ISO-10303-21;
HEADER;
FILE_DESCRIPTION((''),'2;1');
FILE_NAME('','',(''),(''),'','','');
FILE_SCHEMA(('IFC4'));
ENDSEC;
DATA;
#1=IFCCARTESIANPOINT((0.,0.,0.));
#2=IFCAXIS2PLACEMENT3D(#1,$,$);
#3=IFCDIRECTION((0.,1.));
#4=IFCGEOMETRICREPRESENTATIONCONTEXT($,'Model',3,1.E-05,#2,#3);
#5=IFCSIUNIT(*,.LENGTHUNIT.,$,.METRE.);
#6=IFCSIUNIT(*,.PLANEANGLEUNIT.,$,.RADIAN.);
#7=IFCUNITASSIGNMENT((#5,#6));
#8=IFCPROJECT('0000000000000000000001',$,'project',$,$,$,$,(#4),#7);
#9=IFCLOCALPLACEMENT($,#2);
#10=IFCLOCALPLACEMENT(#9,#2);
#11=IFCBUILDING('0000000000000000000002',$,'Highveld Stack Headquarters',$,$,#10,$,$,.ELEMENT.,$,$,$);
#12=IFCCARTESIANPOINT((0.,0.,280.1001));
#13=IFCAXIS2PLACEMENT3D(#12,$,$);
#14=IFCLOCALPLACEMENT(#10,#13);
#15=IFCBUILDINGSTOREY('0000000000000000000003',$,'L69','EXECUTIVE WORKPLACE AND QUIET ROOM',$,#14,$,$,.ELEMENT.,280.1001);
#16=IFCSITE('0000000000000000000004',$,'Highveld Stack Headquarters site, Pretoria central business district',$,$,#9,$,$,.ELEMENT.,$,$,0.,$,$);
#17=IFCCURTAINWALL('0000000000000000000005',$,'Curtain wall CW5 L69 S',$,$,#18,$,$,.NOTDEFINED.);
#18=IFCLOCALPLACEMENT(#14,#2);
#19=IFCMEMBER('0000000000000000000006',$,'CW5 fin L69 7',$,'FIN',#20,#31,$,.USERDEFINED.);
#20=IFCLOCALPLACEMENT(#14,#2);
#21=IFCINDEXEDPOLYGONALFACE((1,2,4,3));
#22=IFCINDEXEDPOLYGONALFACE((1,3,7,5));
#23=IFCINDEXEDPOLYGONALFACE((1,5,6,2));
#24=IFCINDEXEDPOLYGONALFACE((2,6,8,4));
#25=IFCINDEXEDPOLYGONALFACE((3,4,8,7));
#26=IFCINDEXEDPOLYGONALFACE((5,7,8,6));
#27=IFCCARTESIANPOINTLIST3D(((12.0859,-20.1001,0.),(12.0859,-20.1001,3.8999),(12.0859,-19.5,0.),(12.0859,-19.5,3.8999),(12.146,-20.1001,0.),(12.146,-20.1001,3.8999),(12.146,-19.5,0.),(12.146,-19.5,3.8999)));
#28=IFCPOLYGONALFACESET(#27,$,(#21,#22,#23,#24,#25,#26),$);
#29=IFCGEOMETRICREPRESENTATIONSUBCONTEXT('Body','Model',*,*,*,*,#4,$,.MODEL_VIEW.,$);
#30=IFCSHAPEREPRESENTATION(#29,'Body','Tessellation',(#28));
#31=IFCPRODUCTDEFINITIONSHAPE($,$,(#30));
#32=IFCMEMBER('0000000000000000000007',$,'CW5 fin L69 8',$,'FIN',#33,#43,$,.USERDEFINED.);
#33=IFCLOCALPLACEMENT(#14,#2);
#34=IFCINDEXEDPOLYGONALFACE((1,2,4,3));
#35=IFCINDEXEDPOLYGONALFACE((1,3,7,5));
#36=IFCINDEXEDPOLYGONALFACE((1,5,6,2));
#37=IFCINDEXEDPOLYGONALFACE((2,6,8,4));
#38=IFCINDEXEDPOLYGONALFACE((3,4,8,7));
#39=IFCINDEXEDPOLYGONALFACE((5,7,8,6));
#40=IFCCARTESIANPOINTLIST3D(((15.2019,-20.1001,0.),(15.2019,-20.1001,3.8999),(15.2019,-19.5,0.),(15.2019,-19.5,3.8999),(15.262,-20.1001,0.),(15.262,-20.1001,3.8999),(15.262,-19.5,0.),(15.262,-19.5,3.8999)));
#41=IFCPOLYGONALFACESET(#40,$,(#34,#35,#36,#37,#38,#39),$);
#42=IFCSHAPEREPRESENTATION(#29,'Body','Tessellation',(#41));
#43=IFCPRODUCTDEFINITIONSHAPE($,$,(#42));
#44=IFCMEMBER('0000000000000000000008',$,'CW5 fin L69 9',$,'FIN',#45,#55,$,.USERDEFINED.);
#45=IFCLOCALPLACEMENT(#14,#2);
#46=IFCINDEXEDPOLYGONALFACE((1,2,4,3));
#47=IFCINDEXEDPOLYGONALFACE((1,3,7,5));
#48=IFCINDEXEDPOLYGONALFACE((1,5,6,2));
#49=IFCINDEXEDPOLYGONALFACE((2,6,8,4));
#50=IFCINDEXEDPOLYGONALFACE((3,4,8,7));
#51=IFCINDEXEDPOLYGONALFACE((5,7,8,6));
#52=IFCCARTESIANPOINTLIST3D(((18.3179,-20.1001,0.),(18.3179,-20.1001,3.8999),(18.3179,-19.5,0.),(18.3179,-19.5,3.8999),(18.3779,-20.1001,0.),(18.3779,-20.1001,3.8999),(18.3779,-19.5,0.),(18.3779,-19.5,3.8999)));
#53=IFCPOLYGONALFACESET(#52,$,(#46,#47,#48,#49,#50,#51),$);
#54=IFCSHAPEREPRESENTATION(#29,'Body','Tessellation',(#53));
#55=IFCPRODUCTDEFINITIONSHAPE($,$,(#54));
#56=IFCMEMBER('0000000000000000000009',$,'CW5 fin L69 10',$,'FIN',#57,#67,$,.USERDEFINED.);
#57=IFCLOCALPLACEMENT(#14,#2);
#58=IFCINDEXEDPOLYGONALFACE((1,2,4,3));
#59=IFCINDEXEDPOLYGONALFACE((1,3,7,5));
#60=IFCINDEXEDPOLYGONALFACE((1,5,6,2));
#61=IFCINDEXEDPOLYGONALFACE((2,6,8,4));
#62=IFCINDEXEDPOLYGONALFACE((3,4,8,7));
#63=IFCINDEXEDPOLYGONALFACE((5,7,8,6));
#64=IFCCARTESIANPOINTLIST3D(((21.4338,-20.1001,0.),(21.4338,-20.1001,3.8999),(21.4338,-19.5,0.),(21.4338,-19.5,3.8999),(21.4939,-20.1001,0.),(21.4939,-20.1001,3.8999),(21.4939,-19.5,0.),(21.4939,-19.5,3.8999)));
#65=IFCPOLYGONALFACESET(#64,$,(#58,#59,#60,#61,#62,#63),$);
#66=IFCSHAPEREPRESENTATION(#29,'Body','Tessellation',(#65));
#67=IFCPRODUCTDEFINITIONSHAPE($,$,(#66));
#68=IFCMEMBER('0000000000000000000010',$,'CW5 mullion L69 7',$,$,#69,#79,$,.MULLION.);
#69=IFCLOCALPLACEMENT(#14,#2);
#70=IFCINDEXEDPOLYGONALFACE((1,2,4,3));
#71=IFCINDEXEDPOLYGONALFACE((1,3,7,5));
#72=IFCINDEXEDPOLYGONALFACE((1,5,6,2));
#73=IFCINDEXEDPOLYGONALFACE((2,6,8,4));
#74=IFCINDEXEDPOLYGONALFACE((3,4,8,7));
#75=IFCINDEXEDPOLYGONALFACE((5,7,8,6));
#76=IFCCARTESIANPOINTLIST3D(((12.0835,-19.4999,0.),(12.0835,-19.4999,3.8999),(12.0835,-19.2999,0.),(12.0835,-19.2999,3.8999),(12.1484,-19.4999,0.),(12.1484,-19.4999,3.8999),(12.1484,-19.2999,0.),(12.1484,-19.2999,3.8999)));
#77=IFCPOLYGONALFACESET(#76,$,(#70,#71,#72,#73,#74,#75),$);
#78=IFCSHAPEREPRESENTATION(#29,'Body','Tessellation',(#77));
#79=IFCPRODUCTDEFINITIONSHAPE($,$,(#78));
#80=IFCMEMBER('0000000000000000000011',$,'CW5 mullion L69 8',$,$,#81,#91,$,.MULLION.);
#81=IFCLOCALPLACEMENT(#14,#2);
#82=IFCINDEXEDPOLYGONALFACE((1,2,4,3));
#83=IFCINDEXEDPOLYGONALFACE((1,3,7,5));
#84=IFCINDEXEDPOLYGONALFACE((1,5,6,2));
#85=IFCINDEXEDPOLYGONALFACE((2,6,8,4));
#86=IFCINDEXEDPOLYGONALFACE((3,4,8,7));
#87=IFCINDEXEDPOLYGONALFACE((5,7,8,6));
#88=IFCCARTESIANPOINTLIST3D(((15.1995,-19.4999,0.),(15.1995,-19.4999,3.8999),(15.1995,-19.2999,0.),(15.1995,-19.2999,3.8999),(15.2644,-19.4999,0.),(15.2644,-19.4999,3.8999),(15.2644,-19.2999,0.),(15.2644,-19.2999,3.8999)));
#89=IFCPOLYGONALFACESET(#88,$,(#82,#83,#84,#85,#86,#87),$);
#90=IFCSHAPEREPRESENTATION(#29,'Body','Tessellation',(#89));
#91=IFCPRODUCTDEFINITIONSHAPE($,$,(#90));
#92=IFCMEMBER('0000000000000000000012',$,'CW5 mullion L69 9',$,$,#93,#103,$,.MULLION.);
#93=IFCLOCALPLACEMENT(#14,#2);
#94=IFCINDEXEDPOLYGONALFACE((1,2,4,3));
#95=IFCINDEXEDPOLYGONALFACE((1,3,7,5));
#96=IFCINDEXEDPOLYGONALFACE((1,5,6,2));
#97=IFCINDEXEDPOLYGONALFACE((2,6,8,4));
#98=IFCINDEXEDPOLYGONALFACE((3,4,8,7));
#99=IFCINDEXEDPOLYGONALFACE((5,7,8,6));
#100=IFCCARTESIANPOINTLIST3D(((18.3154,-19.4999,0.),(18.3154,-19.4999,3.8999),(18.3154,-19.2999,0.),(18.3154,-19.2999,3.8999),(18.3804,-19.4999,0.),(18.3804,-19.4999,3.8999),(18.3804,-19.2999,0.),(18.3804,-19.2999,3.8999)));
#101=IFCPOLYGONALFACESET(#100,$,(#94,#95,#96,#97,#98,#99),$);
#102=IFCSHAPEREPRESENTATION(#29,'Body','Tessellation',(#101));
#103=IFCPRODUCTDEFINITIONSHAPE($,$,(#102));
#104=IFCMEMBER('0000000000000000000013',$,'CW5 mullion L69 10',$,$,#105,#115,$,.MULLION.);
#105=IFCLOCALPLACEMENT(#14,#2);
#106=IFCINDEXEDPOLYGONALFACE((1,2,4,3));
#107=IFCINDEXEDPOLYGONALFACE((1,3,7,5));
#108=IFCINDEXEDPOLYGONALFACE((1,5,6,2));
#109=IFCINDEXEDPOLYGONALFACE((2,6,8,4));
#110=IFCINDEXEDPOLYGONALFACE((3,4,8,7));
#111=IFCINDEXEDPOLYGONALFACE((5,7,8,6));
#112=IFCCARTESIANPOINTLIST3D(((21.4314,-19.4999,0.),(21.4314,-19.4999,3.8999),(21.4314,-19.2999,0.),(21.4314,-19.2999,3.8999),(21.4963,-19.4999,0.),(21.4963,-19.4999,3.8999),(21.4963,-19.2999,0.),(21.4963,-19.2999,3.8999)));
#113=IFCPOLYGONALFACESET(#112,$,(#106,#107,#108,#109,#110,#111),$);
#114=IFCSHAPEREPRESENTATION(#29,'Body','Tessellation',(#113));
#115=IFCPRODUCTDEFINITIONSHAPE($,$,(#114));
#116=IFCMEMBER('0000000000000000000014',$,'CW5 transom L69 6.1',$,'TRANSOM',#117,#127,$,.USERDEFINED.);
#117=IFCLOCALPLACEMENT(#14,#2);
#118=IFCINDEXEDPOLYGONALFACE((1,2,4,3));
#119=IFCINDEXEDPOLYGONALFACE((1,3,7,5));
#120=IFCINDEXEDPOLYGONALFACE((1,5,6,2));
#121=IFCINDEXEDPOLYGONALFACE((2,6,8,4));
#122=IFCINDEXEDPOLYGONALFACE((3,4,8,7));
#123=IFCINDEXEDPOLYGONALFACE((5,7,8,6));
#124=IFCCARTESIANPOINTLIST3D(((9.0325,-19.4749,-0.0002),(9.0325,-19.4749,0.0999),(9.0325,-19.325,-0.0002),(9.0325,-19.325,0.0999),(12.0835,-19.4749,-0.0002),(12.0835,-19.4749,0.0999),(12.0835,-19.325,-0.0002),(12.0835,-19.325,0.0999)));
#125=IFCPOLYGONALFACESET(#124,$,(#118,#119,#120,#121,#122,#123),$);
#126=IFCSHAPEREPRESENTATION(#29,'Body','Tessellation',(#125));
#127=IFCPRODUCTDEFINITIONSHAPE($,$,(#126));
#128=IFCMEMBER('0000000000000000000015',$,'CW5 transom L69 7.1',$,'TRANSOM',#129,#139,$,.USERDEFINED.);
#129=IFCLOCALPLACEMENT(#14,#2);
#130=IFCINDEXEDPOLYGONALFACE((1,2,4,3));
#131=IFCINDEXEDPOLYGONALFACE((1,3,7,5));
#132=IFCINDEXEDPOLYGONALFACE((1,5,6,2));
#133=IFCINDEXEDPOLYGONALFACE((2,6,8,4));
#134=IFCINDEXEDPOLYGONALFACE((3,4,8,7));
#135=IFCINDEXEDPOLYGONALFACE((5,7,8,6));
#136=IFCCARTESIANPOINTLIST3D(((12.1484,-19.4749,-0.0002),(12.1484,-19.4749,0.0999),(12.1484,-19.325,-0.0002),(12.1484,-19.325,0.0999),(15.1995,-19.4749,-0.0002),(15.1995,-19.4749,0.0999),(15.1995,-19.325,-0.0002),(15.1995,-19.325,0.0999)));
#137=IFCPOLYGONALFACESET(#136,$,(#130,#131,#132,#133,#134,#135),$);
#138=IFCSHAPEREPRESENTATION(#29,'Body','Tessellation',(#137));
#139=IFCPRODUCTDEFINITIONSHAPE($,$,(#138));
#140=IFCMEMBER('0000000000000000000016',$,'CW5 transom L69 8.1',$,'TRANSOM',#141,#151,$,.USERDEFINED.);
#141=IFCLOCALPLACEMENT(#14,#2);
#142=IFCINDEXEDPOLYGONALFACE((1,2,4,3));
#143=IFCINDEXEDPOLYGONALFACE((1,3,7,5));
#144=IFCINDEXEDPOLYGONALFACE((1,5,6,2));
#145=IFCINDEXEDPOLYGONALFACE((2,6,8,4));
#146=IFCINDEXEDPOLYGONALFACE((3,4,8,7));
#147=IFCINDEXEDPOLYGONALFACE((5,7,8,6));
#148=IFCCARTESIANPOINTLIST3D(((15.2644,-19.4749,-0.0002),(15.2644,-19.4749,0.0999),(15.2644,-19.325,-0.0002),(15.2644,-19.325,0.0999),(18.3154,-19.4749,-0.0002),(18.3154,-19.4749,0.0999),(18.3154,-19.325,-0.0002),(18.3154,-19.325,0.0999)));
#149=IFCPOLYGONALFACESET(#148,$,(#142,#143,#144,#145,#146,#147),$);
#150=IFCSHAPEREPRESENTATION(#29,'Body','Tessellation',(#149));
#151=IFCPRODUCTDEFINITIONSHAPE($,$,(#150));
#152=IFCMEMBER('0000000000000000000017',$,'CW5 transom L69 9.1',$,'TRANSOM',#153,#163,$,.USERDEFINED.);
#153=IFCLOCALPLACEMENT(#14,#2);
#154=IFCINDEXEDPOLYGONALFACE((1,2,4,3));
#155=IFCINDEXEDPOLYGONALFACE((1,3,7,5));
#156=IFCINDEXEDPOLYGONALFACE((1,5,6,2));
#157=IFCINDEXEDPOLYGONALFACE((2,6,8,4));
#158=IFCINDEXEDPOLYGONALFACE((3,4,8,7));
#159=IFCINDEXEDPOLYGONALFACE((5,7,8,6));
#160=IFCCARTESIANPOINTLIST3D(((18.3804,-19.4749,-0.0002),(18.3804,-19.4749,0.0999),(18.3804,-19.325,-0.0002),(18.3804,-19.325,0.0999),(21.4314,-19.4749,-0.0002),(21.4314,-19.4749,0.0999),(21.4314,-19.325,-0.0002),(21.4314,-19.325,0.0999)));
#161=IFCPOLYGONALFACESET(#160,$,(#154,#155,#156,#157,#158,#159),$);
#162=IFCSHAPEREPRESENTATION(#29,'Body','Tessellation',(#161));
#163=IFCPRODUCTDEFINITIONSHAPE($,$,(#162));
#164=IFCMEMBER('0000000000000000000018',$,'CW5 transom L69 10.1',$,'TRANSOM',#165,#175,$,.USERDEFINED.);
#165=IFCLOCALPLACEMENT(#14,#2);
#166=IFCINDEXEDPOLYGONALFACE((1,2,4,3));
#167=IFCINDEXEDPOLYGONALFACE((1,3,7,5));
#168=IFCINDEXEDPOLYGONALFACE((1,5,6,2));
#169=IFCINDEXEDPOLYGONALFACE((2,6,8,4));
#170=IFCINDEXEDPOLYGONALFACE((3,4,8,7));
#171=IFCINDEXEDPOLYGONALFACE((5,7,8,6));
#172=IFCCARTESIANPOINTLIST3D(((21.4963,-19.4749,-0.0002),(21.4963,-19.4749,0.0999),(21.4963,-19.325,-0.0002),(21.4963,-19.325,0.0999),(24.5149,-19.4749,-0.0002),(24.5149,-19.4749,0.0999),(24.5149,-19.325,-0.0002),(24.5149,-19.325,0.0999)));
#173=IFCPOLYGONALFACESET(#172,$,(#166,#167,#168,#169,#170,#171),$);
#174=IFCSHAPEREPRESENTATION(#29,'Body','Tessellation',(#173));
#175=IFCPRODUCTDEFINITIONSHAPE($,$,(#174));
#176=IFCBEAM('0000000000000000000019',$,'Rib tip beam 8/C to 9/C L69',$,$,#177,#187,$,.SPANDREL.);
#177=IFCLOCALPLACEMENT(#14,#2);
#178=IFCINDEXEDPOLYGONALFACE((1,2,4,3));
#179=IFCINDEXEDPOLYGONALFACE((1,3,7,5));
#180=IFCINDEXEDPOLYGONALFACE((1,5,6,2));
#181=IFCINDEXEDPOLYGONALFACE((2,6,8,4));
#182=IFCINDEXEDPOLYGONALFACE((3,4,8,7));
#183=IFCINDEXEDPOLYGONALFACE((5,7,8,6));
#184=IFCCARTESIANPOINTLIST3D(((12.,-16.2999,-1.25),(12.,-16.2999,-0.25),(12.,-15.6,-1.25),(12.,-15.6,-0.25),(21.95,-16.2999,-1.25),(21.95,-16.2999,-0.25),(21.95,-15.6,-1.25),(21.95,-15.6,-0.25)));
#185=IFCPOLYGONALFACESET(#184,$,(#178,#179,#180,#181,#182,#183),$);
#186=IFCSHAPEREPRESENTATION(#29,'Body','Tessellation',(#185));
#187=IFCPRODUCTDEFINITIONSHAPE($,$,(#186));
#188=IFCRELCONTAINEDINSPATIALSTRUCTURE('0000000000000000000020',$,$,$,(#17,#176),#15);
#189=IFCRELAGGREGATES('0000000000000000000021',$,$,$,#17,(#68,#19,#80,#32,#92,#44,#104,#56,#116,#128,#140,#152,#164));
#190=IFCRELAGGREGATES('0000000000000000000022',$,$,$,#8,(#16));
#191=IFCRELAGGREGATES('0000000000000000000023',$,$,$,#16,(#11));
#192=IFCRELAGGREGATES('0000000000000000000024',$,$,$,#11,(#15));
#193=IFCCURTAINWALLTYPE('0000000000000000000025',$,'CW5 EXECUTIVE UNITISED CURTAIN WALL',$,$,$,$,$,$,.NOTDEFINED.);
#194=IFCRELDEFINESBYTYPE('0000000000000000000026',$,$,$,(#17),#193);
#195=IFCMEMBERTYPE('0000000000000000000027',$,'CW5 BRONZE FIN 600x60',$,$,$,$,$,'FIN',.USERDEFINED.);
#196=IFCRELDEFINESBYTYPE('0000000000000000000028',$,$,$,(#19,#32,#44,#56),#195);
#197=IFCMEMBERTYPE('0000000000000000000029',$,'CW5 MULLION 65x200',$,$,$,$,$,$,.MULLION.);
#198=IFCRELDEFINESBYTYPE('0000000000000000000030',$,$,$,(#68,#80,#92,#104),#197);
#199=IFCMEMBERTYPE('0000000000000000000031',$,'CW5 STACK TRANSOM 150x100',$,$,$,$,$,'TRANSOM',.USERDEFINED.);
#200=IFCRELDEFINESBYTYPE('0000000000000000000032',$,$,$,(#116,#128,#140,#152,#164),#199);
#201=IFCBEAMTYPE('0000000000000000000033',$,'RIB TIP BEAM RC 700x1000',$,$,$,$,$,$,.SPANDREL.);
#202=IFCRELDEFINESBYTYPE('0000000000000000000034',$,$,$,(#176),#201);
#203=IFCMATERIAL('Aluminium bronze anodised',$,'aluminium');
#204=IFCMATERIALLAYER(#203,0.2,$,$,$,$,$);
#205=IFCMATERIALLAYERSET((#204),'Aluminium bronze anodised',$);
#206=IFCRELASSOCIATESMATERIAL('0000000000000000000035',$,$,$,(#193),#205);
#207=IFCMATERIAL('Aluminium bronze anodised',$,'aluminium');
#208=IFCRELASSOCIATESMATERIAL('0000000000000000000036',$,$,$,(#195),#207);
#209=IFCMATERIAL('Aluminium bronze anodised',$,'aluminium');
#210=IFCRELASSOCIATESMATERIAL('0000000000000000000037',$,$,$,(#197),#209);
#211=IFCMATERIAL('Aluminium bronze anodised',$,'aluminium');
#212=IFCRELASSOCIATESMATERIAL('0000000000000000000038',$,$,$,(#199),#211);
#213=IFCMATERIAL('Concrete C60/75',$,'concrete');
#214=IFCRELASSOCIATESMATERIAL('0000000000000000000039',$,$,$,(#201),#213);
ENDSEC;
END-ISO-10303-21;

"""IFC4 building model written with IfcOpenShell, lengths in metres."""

from ifc_helpers import new_model, si_unit, direction, frame, origin, origin_2d, place, context, subcontext, project, spatial, rectangle, extrude, material, layer, layer_set, material_profile, profile_set, type_object, element, aggregate, save


model = new_model("IFC4")

# Units and contexts
model_context = context("Model", 3, precision=1e-05, world=origin(), true_north=direction((0.0, 1.0)))
body_context = subcontext(model_context, "Body", "Model", "MODEL_VIEW")
ifc_project = project(units=[si_unit("LENGTHUNIT", "METRE"), si_unit("PLANEANGLEUNIT", "RADIAN")], contexts=[model_context])

# Site, building, storey
site_placement = place(None, origin())
site = spatial("IfcSite", under=ifc_project, at=site_placement, Name="Highveld Stack Headquarters site, Pretoria central business district", CompositionType="ELEMENT", RefElevation=0.0)
building_placement = place(site_placement, origin())
building = spatial("IfcBuilding", under=site, at=building_placement, Name="Highveld Stack Headquarters", CompositionType="ELEMENT")
storey_placement = place(building_placement, frame((0.0, 0.0, 280.1001)))
storey = spatial("IfcBuildingStorey", under=building, at=storey_placement, Name="L69", Description="EXECUTIVE WORKPLACE AND QUIET ROOM", CompositionType="ELEMENT", Elevation=280.1001)

# Curtain wall, members
ifc_material_1 = material(Name="Aluminium bronze anodised", Category="aluminium")
ifc_layer_1 = layer(ifc_material_1, 0.2)
ifc_layer_set_1 = layer_set([ifc_layer_1], Name="Aluminium bronze anodised")
curtain_wall_type = type_object("IfcCurtainWallType", Name="CW5 EXECUTIVE UNITISED CURTAIN WALL", PredefinedType="NOTDEFINED", material=ifc_layer_set_1)
curtain_wall_placement = place(storey_placement, origin())
curtain_wall = element("IfcCurtainWall", 1, at=curtain_wall_placement, inside=storey, type_object=curtain_wall_type, Name="Curtain wall CW5 L69 S", PredefinedType="NOTDEFINED")
ifc_material_2 = material(Name="Aluminium bronze anodised", Category="aluminium")
ifc_material_profile_1 = material_profile(ifc_material_2, rectangle(XDim=0.6001, YDim=0.0601, at=origin_2d()), Name="FIN 600x60")
ifc_profile_set_1 = profile_set([ifc_material_profile_1], Name="Aluminium bronze anodised")
member_type_1 = type_object("IfcMemberType", Name="CW5 BRONZE FIN 600x60", ElementType="FIN", PredefinedType="USERDEFINED", material=ifc_profile_set_1)
member_1_placement = place(storey_placement, frame((12.116, -19.8, 0.0), z_axis=(0.0, 0.0, 1.0), x_axis=(0.0, 1.0, 0.0)))
member_1 = element("IfcMember", 2, at=member_1_placement, type_object=member_type_1, Name="CW5 fin L69 7", ObjectType="FIN", PredefinedType="USERDEFINED", context=body_context, shape_type="SweptSolid", body=[
    extrude(rectangle(XDim=0.6001, YDim=0.0601, at=origin_2d()), origin(), (0.0, 0.0, 1.0), 3.8999),
])
member_2_placement = place(storey_placement, frame((15.2319, -19.8, 0.0), z_axis=(0.0, 0.0, 1.0), x_axis=(0.0, 1.0, 0.0)))
member_2 = element("IfcMember", 3, at=member_2_placement, type_object=member_type_1, Name="CW5 fin L69 8", ObjectType="FIN", PredefinedType="USERDEFINED", context=body_context, shape_type="SweptSolid", body=[
    extrude(rectangle(XDim=0.6001, YDim=0.0601, at=origin_2d()), origin(), (0.0, 0.0, 1.0), 3.8999),
])
member_3_placement = place(storey_placement, frame((18.3479, -19.8, 0.0), z_axis=(0.0, 0.0, 1.0), x_axis=(0.0, 1.0, 0.0)))
member_3 = element("IfcMember", 4, at=member_3_placement, type_object=member_type_1, Name="CW5 fin L69 9", ObjectType="FIN", PredefinedType="USERDEFINED", context=body_context, shape_type="SweptSolid", body=[
    extrude(rectangle(XDim=0.6001, YDim=0.0601, at=origin_2d()), origin(), (0.0, 0.0, 1.0), 3.8999),
])
member_4_placement = place(storey_placement, frame((21.4639, -19.8, 0.0), z_axis=(0.0, 0.0, 1.0), x_axis=(0.0, 1.0, 0.0)))
member_4 = element("IfcMember", 5, at=member_4_placement, type_object=member_type_1, Name="CW5 fin L69 10", ObjectType="FIN", PredefinedType="USERDEFINED", context=body_context, shape_type="SweptSolid", body=[
    extrude(rectangle(XDim=0.6001, YDim=0.0601, at=origin_2d()), origin(), (0.0, 0.0, 1.0), 3.8999),
])
ifc_material_3 = material(Name="Aluminium bronze anodised", Category="aluminium")
ifc_material_profile_2 = material_profile(ifc_material_3, rectangle(XDim=0.2, YDim=0.0649, at=origin_2d()), Name="CW5 MULLION 65x200")
ifc_profile_set_2 = profile_set([ifc_material_profile_2], Name="Aluminium bronze anodised")
member_type_2 = type_object("IfcMemberType", Name="CW5 MULLION 65x200", PredefinedType="MULLION", material=ifc_profile_set_2)
member_5_placement = place(storey_placement, frame((12.116, -19.3999, 0.0), z_axis=(0.0, 0.0, 1.0), x_axis=(0.0, 1.0, 0.0)))
member_5 = element("IfcMember", 6, at=member_5_placement, type_object=member_type_2, Name="CW5 mullion L69 7", PredefinedType="MULLION", context=body_context, shape_type="SweptSolid", body=[
    extrude(rectangle(XDim=0.2, YDim=0.0649, at=origin_2d()), origin(), (0.0, 0.0, 1.0), 3.8999),
])
member_6_placement = place(storey_placement, frame((15.2319, -19.3999, 0.0), z_axis=(0.0, 0.0, 1.0), x_axis=(0.0, 1.0, 0.0)))
member_6 = element("IfcMember", 7, at=member_6_placement, type_object=member_type_2, Name="CW5 mullion L69 8", PredefinedType="MULLION", context=body_context, shape_type="SweptSolid", body=[
    extrude(rectangle(XDim=0.2, YDim=0.0649, at=origin_2d()), origin(), (0.0, 0.0, 1.0), 3.8999),
])
member_7_placement = place(storey_placement, frame((18.3479, -19.3999, 0.0), z_axis=(0.0, 0.0, 1.0), x_axis=(0.0, 1.0, 0.0)))
member_7 = element("IfcMember", 8, at=member_7_placement, type_object=member_type_2, Name="CW5 mullion L69 9", PredefinedType="MULLION", context=body_context, shape_type="SweptSolid", body=[
    extrude(rectangle(XDim=0.2, YDim=0.0649, at=origin_2d()), origin(), (0.0, 0.0, 1.0), 3.8999),
])
member_8_placement = place(storey_placement, frame((21.4639, -19.3999, 0.0), z_axis=(0.0, 0.0, 1.0), x_axis=(0.0, 1.0, 0.0)))
member_8 = element("IfcMember", 9, at=member_8_placement, type_object=member_type_2, Name="CW5 mullion L69 10", PredefinedType="MULLION", context=body_context, shape_type="SweptSolid", body=[
    extrude(rectangle(XDim=0.2, YDim=0.0649, at=origin_2d()), origin(), (0.0, 0.0, 1.0), 3.8999),
])
ifc_material_4 = material(Name="Aluminium bronze anodised", Category="aluminium")
ifc_material_profile_3 = material_profile(ifc_material_4, rectangle(XDim=0.1499, YDim=0.1001, at=origin_2d()), Name="CW5 TRANSOM 150x100")
ifc_profile_set_3 = profile_set([ifc_material_profile_3], Name="Aluminium bronze anodised")
member_type_3 = type_object("IfcMemberType", Name="CW5 STACK TRANSOM 150x100", ElementType="TRANSOM", PredefinedType="USERDEFINED", material=ifc_profile_set_3)
member_9_placement = place(storey_placement, frame((9.0325, -19.3999, 0.0498), z_axis=(1.0, 0.0, 0.0), x_axis=(0.0, 1.0, 0.0)))
member_9 = element("IfcMember", 10, at=member_9_placement, type_object=member_type_3, Name="CW5 transom L69 6.1", ObjectType="TRANSOM", PredefinedType="USERDEFINED", context=body_context, shape_type="SweptSolid", body=[
    extrude(rectangle(XDim=0.1499, YDim=0.1001, at=origin_2d()), origin(), (0.0, 0.0, 1.0), 3.051),
])
member_10_placement = place(storey_placement, frame((12.1484, -19.3999, 0.0498), z_axis=(1.0, 0.0, 0.0), x_axis=(0.0, 1.0, 0.0)))
member_10 = element("IfcMember", 11, at=member_10_placement, type_object=member_type_3, Name="CW5 transom L69 7.1", ObjectType="TRANSOM", PredefinedType="USERDEFINED", context=body_context, shape_type="SweptSolid", body=[
    extrude(rectangle(XDim=0.1499, YDim=0.1001, at=origin_2d()), origin(), (0.0, 0.0, 1.0), 3.051),
])
member_11_placement = place(storey_placement, frame((15.2644, -19.3999, 0.0498), z_axis=(1.0, 0.0, 0.0), x_axis=(0.0, 1.0, 0.0)))
member_11 = element("IfcMember", 12, at=member_11_placement, type_object=member_type_3, Name="CW5 transom L69 8.1", ObjectType="TRANSOM", PredefinedType="USERDEFINED", context=body_context, shape_type="SweptSolid", body=[
    extrude(rectangle(XDim=0.1499, YDim=0.1001, at=origin_2d()), origin(), (0.0, 0.0, 1.0), 3.051),
])
member_12_placement = place(storey_placement, frame((18.3804, -19.3999, 0.0498), z_axis=(1.0, 0.0, 0.0), x_axis=(0.0, 1.0, 0.0)))
member_12 = element("IfcMember", 13, at=member_12_placement, type_object=member_type_3, Name="CW5 transom L69 9.1", ObjectType="TRANSOM", PredefinedType="USERDEFINED", context=body_context, shape_type="SweptSolid", body=[
    extrude(rectangle(XDim=0.1499, YDim=0.1001, at=origin_2d()), origin(), (0.0, 0.0, 1.0), 3.051),
])
member_13_placement = place(storey_placement, frame((21.4963, -19.3999, 0.0498), z_axis=(1.0, 0.0, 0.0), x_axis=(0.0, 1.0, 0.0)))
member_13 = element("IfcMember", 14, at=member_13_placement, type_object=member_type_3, Name="CW5 transom L69 10.1", ObjectType="TRANSOM", PredefinedType="USERDEFINED", context=body_context, shape_type="SweptSolid", body=[
    extrude(rectangle(XDim=0.1499, YDim=0.1001, at=origin_2d()), origin(), (0.0, 0.0, 1.0), 3.0186),
])

# Beam
ifc_material_5 = material(Name="Concrete C60/75", Category="concrete")
ifc_material_profile_4 = material_profile(ifc_material_5, rectangle(XDim=0.7, YDim=1.0, at=origin_2d()), Name="RC 700x1000")
ifc_profile_set_4 = profile_set([ifc_material_profile_4], Name="Concrete C60/75")
beam_type = type_object("IfcBeamType", Name="RIB TIP BEAM RC 700x1000", PredefinedType="SPANDREL", material=ifc_profile_set_4)
beam_1_placement = place(storey_placement, frame((12.0, -15.95, -0.75), z_axis=(1.0, 0.0, 0.0), x_axis=(0.0, 1.0, 0.0)))
element("IfcBeam", 15, at=beam_1_placement, inside=storey, type_object=beam_type, Name="Rib tip beam 8/C to 9/C L69", PredefinedType="SPANDREL", context=body_context, shape_type="SweptSolid", body=[
    extrude(rectangle(XDim=0.7, YDim=1.0, at=origin_2d()), origin(), (0.0, 0.0, 1.0), 9.95),
])

aggregate(curtain_wall, [member_5, member_1, member_6, member_2, member_7, member_3, member_8, member_4, member_9, member_10, member_11, member_12, member_13])

save(model, "model.ifc")
